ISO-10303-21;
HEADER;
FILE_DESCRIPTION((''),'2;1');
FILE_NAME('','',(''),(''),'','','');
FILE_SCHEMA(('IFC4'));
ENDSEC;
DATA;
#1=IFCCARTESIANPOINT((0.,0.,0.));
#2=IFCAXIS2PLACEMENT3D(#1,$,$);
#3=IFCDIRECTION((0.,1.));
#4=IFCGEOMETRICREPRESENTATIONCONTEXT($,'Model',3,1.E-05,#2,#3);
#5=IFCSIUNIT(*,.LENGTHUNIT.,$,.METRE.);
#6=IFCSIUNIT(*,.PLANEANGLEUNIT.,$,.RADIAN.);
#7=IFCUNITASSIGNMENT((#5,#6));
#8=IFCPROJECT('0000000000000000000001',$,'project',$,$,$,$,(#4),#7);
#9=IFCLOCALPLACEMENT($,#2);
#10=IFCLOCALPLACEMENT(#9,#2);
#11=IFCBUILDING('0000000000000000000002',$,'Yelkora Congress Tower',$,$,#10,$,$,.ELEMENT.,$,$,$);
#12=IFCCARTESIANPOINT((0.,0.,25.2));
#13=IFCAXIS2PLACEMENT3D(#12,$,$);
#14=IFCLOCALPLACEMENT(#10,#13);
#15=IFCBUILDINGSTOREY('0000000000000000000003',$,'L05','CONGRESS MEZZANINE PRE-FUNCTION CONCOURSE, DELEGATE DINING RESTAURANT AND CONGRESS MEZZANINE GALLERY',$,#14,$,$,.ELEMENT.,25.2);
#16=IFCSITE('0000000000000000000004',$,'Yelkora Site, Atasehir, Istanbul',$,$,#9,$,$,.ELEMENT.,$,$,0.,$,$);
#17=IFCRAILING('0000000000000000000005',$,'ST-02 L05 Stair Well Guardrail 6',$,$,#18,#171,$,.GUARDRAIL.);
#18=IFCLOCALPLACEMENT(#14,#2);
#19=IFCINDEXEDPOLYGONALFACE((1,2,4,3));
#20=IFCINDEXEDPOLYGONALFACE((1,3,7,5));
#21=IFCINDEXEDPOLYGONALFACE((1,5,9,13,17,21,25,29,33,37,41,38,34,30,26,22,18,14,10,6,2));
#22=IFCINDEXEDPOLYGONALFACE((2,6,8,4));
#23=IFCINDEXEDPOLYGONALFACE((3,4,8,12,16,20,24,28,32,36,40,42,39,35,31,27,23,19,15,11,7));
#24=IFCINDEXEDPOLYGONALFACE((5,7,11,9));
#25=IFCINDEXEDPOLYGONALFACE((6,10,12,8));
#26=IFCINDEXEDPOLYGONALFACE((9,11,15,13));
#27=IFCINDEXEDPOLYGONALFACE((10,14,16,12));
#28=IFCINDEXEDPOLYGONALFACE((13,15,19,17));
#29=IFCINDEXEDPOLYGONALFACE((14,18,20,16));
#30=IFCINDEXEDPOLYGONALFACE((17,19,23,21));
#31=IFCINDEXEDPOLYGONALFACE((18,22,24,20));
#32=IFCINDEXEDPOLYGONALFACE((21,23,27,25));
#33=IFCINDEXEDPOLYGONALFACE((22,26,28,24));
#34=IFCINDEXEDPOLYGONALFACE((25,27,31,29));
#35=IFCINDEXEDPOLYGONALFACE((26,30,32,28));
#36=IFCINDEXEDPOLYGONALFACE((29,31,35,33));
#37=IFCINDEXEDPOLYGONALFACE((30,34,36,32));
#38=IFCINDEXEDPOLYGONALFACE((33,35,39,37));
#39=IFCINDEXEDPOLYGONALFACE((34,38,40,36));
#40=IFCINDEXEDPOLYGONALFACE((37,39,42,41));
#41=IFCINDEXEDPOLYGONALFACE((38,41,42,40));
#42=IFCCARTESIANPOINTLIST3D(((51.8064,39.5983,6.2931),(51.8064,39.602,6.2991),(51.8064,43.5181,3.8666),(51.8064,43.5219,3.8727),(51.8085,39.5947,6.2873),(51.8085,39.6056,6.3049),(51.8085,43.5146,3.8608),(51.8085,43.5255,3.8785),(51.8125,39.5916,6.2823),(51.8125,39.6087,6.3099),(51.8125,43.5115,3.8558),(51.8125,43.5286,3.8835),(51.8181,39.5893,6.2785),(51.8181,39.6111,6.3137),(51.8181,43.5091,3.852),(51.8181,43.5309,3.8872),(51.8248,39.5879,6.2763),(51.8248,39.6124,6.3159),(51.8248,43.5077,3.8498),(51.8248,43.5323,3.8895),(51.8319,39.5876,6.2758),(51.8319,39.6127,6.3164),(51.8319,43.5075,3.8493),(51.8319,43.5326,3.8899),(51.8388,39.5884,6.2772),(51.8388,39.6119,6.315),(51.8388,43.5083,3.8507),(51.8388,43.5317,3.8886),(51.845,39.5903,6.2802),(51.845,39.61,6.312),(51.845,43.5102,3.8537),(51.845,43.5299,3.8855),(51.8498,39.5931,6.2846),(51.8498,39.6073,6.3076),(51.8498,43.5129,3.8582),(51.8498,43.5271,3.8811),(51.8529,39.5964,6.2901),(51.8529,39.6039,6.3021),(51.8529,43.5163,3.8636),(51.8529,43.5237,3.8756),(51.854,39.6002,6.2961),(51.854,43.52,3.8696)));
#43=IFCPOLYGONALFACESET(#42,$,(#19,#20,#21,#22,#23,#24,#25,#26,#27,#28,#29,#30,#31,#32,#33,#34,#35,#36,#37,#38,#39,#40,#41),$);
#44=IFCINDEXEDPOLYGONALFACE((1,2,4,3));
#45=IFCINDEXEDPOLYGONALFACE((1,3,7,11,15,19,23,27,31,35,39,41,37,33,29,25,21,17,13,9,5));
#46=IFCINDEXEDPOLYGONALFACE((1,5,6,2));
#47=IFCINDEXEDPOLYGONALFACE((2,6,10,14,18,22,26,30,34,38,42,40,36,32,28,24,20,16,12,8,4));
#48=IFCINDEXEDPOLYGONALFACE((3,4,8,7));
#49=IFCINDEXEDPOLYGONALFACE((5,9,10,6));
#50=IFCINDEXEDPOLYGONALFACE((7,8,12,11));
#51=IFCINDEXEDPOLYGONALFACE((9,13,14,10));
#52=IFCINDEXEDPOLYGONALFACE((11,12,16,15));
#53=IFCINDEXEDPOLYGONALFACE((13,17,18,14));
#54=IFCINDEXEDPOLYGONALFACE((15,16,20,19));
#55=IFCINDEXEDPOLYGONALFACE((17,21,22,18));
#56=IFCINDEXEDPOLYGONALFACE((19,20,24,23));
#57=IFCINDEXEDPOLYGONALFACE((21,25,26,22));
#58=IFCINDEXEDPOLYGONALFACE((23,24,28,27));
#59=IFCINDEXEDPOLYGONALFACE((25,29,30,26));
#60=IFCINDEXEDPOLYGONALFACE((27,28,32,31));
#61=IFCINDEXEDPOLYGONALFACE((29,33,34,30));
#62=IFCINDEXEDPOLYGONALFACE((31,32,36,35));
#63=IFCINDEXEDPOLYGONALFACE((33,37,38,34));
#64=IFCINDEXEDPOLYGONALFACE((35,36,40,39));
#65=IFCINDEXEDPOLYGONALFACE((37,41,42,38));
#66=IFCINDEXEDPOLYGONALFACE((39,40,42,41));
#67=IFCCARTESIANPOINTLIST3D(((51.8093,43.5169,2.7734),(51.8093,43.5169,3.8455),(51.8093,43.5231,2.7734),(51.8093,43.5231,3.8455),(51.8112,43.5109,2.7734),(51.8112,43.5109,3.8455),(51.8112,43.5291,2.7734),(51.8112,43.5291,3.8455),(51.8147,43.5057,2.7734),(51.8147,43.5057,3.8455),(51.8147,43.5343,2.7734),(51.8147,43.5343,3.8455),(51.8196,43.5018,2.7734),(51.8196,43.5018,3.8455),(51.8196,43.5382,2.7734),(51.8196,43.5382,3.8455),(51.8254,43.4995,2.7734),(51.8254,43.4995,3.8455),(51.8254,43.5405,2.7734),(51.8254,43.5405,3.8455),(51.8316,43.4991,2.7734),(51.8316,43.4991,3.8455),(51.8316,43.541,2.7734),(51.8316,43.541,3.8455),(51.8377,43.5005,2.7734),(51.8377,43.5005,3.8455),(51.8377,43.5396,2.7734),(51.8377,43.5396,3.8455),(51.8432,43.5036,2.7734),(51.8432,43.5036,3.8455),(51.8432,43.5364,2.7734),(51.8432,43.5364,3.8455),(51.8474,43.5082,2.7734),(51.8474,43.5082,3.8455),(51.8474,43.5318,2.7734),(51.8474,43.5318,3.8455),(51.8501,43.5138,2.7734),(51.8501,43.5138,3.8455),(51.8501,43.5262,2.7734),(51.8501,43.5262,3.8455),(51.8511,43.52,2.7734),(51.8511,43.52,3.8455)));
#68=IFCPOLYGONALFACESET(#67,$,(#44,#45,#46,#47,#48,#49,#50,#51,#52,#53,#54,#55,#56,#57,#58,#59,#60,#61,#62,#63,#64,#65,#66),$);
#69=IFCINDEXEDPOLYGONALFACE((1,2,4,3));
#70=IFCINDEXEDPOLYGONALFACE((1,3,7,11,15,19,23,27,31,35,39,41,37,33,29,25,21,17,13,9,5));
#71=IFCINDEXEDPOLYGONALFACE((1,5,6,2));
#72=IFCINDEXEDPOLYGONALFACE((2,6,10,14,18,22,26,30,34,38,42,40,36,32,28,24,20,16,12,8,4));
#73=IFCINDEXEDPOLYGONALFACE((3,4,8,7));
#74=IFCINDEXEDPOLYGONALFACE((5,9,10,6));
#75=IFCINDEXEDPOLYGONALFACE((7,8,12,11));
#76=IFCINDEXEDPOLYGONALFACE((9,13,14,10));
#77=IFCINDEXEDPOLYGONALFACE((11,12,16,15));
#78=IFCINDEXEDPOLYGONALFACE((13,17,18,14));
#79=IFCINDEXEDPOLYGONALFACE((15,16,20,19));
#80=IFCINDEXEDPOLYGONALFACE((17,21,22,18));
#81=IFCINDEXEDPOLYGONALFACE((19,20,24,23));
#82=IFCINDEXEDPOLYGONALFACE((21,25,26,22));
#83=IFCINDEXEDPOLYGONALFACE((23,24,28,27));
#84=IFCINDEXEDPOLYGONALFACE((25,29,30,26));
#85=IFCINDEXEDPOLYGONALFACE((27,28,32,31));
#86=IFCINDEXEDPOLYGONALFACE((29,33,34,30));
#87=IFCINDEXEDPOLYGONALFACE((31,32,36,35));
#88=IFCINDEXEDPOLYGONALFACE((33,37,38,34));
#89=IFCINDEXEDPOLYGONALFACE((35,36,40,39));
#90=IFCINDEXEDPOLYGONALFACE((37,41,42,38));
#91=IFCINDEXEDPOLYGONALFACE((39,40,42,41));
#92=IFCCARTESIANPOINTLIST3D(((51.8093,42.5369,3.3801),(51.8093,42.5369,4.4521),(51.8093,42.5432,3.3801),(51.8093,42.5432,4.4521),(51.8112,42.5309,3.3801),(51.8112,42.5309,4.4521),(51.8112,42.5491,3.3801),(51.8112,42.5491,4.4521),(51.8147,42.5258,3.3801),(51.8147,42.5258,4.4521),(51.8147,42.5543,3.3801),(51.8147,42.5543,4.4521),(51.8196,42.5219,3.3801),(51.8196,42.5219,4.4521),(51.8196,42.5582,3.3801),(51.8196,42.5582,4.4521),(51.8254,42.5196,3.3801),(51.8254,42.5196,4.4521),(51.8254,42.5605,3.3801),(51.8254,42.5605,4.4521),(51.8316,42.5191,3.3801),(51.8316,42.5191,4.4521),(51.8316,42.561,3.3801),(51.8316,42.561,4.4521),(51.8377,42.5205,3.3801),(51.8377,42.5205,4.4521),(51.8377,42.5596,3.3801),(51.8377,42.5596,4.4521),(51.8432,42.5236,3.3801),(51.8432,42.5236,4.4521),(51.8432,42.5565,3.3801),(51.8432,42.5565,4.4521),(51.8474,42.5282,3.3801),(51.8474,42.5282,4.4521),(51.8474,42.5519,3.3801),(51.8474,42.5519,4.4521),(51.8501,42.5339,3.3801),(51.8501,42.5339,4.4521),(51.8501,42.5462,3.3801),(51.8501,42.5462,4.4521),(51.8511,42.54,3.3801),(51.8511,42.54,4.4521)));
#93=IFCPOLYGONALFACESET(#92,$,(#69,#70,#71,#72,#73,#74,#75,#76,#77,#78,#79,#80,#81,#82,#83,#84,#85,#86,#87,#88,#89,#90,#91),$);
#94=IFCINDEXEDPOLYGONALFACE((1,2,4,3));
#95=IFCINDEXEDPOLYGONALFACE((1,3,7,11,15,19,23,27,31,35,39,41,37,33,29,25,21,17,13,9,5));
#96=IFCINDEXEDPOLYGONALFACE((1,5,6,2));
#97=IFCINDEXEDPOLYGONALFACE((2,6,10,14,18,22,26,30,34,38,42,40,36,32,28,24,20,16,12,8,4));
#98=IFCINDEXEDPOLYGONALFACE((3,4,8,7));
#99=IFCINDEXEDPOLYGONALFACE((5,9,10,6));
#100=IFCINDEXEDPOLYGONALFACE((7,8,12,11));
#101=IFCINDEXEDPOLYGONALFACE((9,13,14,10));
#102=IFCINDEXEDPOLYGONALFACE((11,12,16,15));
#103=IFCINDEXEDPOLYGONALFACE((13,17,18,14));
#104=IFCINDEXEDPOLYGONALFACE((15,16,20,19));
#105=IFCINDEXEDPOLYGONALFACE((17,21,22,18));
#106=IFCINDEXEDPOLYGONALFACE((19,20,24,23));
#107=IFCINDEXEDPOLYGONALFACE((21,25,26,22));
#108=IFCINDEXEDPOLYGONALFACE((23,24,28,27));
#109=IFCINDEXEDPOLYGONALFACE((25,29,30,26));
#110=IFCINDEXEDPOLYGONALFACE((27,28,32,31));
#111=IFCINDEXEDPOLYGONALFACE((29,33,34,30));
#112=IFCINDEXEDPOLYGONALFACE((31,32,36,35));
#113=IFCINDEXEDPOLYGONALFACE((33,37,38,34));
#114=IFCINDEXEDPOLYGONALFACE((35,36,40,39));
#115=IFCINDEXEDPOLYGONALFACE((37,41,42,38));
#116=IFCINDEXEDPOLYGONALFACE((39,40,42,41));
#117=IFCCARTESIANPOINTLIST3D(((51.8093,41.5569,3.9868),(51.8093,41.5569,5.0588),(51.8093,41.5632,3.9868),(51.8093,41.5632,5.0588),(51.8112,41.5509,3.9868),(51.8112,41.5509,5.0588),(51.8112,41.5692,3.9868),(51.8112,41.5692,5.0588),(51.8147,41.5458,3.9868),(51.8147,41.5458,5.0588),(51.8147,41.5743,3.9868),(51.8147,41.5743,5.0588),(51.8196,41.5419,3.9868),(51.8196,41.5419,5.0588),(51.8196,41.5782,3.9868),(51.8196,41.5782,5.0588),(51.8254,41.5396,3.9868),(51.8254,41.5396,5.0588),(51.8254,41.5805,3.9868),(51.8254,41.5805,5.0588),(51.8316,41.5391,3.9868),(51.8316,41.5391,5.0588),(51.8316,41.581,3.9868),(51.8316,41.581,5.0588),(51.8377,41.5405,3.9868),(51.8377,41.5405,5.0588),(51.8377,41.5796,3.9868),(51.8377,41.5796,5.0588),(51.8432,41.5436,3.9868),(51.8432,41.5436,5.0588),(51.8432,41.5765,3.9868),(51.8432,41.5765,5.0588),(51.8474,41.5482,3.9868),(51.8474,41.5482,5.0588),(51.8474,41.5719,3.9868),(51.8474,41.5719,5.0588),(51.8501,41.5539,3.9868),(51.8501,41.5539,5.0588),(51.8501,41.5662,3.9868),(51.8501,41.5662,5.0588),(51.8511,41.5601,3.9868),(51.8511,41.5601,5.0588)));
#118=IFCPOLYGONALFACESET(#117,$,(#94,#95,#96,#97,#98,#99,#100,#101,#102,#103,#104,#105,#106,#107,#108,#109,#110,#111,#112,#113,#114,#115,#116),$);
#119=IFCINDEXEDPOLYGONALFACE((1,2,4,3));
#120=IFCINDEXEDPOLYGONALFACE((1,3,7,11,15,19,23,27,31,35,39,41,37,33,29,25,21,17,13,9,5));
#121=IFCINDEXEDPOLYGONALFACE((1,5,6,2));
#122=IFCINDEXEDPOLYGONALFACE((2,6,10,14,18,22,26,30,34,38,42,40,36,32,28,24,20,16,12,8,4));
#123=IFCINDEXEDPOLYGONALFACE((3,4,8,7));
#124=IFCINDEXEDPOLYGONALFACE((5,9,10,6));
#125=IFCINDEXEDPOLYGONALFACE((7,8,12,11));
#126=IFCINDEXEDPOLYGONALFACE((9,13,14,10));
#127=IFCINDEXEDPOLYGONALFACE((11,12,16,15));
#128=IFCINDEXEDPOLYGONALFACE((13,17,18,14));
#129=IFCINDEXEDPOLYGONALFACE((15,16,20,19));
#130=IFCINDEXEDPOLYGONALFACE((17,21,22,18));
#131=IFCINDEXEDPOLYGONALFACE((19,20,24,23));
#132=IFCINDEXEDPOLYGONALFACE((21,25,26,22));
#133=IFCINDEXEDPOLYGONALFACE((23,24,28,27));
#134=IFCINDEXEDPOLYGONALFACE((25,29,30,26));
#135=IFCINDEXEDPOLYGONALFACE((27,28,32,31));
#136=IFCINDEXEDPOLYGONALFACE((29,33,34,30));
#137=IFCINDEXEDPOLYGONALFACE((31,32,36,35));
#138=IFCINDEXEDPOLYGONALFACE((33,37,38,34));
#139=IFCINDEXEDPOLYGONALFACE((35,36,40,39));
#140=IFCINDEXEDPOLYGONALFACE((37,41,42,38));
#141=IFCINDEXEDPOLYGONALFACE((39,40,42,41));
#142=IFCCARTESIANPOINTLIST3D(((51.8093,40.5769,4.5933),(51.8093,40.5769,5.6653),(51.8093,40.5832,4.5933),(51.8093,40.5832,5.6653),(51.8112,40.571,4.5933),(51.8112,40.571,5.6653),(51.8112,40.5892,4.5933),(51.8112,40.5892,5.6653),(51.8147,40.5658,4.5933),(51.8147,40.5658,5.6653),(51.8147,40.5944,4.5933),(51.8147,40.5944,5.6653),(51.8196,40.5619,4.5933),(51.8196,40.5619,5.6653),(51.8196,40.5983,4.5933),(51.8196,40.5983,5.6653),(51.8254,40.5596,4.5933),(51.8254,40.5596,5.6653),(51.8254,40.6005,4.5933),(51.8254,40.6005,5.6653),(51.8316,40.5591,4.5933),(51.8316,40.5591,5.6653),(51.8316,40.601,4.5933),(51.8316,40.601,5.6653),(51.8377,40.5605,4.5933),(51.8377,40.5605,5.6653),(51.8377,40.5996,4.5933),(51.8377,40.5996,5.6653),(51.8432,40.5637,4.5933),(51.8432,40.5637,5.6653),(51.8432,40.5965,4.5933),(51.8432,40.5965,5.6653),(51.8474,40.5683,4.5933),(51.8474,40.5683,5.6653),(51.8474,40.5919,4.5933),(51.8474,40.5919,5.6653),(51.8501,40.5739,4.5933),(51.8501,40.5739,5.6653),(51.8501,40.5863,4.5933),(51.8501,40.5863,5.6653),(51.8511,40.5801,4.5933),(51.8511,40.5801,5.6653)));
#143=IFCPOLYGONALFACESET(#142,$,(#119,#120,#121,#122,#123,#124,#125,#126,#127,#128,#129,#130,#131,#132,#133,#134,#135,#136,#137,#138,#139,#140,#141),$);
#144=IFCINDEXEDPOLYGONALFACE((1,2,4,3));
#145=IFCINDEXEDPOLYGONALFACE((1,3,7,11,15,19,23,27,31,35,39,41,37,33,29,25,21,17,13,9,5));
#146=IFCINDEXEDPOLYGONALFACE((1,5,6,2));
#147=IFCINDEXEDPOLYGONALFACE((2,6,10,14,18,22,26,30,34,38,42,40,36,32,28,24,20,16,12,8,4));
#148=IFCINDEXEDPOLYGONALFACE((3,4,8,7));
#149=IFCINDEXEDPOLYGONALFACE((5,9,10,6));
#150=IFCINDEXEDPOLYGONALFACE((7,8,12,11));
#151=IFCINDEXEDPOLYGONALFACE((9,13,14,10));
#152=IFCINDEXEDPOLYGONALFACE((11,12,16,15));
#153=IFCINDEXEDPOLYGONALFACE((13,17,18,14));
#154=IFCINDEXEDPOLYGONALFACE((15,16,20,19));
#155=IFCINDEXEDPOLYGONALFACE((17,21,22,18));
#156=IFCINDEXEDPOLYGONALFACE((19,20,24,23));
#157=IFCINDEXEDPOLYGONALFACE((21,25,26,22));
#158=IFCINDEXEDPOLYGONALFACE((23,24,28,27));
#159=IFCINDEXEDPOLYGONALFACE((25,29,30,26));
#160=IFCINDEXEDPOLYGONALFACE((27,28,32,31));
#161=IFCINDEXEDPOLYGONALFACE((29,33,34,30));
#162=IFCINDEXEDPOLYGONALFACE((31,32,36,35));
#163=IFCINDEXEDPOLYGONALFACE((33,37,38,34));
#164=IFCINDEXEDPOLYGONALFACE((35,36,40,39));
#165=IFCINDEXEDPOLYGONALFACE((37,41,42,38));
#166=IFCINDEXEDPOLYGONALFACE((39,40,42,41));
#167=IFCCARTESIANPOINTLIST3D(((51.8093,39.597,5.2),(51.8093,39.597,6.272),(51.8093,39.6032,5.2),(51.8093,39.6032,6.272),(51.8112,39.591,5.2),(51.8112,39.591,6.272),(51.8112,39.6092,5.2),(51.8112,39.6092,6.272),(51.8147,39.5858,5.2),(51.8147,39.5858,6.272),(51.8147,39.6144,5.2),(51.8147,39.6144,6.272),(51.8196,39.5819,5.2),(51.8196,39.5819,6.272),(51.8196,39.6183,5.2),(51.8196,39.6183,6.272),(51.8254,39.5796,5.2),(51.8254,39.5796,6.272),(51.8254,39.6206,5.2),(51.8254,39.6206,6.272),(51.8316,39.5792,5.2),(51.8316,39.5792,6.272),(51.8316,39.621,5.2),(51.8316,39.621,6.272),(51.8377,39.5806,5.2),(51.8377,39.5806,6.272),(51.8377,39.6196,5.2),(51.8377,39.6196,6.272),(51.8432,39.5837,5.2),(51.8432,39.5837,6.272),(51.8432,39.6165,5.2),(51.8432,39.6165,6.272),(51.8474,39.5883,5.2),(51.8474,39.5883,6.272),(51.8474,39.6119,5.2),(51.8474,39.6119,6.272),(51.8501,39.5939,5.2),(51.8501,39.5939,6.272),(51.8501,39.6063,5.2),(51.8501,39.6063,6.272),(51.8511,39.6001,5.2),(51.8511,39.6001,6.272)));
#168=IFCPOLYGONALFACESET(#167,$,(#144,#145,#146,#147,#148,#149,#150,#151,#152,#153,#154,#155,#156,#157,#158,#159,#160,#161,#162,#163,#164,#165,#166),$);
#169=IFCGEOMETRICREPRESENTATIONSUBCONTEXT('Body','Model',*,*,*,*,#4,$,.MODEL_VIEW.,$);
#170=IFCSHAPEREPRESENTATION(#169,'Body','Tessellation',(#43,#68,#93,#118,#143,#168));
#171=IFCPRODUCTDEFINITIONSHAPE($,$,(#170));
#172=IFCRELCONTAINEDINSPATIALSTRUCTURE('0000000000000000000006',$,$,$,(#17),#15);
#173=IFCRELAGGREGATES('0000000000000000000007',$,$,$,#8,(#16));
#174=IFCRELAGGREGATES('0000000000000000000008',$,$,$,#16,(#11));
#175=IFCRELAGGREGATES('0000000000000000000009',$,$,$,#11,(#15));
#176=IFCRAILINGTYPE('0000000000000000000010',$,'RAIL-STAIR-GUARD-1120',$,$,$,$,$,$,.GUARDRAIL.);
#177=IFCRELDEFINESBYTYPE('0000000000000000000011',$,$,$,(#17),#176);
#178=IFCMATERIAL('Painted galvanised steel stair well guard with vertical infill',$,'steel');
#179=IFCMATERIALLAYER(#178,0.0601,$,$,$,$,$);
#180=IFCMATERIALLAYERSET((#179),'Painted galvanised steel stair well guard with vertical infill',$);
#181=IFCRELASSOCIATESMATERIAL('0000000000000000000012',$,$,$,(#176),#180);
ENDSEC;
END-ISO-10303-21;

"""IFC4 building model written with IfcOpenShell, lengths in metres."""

from ifc_helpers import new_model, si_unit, direction, frame, origin, origin_2d, place, context, subcontext, project, spatial, circle, extrude, material, layer, layer_set, type_object, element, save


model = new_model("IFC4")

# Units and contexts
model_context = context("Model", 3, precision=1e-05, world=origin(), true_north=direction((0.0, 1.0)))
body_context = subcontext(model_context, "Body", "Model", "MODEL_VIEW")
ifc_project = project(units=[si_unit("LENGTHUNIT", "METRE"), si_unit("PLANEANGLEUNIT", "RADIAN")], contexts=[model_context])

# Site, building, storey
site_placement = place(None, origin())
site = spatial("IfcSite", under=ifc_project, at=site_placement, Name="Yelkora Site, Atasehir, Istanbul", CompositionType="ELEMENT", RefElevation=0.0)
building_placement = place(site_placement, origin())
building = spatial("IfcBuilding", under=site, at=building_placement, Name="Yelkora Congress Tower", CompositionType="ELEMENT")
storey_placement = place(building_placement, frame((0.0, 0.0, 25.2)))
storey = spatial("IfcBuildingStorey", under=building, at=storey_placement, Name="L05", Description="CONGRESS MEZZANINE PRE-FUNCTION CONCOURSE, DELEGATE DINING RESTAURANT AND CONGRESS MEZZANINE GALLERY", CompositionType="ELEMENT", Elevation=25.2)

# Railing
ifc_material_1 = material(Name="Painted galvanised steel stair well guard with vertical infill", Category="steel")
ifc_layer_1 = layer(ifc_material_1, 0.0601)
ifc_layer_set_1 = layer_set([ifc_layer_1], Name="Painted galvanised steel stair well guard with vertical infill")
railing_type_1 = type_object("IfcRailingType", Name="RAIL-STAIR-GUARD-1120", PredefinedType="GUARDRAIL", material=ifc_layer_set_1)
railing_1_placement = place(storey_placement, frame((51.8301, 43.52, 2.7734)))
element("IfcRailing", 1, at=railing_1_placement, inside=storey, type_object=railing_type_1, Name="ST-02 L05 Stair Well Guardrail 6", PredefinedType="GUARDRAIL", context=body_context, shape_type="SweptSolid", body=[
    extrude(circle(Radius=0.0239, at=origin_2d()), frame((0.0, 0.0, 1.0962), z_axis=(0.0, -0.850275, 0.526338), x_axis=(1.0, 0.0, 0.0)), (0.0, 0.0, 1.0), 4.6101),
    extrude(circle(Radius=0.021, at=origin_2d()), origin(), (0.0, 0.0, 1.0), 1.072),
    extrude(circle(Radius=0.021, at=origin_2d()), frame((0.0, -0.98, 0.6067)), (0.0, 0.0, 1.0), 1.072),
    extrude(circle(Radius=0.021, at=origin_2d()), frame((0.0, -1.96, 1.2134)), (0.0, 0.0, 1.0), 1.072),
    extrude(circle(Radius=0.021, at=origin_2d()), frame((0.0, -2.9399, 1.8198)), (0.0, 0.0, 1.0), 1.072),
    extrude(circle(Radius=0.021, at=origin_2d()), frame((0.0, -3.9199, 2.4265)), (0.0, 0.0, 1.0), 1.072),
])

save(model, "model.ifc")
